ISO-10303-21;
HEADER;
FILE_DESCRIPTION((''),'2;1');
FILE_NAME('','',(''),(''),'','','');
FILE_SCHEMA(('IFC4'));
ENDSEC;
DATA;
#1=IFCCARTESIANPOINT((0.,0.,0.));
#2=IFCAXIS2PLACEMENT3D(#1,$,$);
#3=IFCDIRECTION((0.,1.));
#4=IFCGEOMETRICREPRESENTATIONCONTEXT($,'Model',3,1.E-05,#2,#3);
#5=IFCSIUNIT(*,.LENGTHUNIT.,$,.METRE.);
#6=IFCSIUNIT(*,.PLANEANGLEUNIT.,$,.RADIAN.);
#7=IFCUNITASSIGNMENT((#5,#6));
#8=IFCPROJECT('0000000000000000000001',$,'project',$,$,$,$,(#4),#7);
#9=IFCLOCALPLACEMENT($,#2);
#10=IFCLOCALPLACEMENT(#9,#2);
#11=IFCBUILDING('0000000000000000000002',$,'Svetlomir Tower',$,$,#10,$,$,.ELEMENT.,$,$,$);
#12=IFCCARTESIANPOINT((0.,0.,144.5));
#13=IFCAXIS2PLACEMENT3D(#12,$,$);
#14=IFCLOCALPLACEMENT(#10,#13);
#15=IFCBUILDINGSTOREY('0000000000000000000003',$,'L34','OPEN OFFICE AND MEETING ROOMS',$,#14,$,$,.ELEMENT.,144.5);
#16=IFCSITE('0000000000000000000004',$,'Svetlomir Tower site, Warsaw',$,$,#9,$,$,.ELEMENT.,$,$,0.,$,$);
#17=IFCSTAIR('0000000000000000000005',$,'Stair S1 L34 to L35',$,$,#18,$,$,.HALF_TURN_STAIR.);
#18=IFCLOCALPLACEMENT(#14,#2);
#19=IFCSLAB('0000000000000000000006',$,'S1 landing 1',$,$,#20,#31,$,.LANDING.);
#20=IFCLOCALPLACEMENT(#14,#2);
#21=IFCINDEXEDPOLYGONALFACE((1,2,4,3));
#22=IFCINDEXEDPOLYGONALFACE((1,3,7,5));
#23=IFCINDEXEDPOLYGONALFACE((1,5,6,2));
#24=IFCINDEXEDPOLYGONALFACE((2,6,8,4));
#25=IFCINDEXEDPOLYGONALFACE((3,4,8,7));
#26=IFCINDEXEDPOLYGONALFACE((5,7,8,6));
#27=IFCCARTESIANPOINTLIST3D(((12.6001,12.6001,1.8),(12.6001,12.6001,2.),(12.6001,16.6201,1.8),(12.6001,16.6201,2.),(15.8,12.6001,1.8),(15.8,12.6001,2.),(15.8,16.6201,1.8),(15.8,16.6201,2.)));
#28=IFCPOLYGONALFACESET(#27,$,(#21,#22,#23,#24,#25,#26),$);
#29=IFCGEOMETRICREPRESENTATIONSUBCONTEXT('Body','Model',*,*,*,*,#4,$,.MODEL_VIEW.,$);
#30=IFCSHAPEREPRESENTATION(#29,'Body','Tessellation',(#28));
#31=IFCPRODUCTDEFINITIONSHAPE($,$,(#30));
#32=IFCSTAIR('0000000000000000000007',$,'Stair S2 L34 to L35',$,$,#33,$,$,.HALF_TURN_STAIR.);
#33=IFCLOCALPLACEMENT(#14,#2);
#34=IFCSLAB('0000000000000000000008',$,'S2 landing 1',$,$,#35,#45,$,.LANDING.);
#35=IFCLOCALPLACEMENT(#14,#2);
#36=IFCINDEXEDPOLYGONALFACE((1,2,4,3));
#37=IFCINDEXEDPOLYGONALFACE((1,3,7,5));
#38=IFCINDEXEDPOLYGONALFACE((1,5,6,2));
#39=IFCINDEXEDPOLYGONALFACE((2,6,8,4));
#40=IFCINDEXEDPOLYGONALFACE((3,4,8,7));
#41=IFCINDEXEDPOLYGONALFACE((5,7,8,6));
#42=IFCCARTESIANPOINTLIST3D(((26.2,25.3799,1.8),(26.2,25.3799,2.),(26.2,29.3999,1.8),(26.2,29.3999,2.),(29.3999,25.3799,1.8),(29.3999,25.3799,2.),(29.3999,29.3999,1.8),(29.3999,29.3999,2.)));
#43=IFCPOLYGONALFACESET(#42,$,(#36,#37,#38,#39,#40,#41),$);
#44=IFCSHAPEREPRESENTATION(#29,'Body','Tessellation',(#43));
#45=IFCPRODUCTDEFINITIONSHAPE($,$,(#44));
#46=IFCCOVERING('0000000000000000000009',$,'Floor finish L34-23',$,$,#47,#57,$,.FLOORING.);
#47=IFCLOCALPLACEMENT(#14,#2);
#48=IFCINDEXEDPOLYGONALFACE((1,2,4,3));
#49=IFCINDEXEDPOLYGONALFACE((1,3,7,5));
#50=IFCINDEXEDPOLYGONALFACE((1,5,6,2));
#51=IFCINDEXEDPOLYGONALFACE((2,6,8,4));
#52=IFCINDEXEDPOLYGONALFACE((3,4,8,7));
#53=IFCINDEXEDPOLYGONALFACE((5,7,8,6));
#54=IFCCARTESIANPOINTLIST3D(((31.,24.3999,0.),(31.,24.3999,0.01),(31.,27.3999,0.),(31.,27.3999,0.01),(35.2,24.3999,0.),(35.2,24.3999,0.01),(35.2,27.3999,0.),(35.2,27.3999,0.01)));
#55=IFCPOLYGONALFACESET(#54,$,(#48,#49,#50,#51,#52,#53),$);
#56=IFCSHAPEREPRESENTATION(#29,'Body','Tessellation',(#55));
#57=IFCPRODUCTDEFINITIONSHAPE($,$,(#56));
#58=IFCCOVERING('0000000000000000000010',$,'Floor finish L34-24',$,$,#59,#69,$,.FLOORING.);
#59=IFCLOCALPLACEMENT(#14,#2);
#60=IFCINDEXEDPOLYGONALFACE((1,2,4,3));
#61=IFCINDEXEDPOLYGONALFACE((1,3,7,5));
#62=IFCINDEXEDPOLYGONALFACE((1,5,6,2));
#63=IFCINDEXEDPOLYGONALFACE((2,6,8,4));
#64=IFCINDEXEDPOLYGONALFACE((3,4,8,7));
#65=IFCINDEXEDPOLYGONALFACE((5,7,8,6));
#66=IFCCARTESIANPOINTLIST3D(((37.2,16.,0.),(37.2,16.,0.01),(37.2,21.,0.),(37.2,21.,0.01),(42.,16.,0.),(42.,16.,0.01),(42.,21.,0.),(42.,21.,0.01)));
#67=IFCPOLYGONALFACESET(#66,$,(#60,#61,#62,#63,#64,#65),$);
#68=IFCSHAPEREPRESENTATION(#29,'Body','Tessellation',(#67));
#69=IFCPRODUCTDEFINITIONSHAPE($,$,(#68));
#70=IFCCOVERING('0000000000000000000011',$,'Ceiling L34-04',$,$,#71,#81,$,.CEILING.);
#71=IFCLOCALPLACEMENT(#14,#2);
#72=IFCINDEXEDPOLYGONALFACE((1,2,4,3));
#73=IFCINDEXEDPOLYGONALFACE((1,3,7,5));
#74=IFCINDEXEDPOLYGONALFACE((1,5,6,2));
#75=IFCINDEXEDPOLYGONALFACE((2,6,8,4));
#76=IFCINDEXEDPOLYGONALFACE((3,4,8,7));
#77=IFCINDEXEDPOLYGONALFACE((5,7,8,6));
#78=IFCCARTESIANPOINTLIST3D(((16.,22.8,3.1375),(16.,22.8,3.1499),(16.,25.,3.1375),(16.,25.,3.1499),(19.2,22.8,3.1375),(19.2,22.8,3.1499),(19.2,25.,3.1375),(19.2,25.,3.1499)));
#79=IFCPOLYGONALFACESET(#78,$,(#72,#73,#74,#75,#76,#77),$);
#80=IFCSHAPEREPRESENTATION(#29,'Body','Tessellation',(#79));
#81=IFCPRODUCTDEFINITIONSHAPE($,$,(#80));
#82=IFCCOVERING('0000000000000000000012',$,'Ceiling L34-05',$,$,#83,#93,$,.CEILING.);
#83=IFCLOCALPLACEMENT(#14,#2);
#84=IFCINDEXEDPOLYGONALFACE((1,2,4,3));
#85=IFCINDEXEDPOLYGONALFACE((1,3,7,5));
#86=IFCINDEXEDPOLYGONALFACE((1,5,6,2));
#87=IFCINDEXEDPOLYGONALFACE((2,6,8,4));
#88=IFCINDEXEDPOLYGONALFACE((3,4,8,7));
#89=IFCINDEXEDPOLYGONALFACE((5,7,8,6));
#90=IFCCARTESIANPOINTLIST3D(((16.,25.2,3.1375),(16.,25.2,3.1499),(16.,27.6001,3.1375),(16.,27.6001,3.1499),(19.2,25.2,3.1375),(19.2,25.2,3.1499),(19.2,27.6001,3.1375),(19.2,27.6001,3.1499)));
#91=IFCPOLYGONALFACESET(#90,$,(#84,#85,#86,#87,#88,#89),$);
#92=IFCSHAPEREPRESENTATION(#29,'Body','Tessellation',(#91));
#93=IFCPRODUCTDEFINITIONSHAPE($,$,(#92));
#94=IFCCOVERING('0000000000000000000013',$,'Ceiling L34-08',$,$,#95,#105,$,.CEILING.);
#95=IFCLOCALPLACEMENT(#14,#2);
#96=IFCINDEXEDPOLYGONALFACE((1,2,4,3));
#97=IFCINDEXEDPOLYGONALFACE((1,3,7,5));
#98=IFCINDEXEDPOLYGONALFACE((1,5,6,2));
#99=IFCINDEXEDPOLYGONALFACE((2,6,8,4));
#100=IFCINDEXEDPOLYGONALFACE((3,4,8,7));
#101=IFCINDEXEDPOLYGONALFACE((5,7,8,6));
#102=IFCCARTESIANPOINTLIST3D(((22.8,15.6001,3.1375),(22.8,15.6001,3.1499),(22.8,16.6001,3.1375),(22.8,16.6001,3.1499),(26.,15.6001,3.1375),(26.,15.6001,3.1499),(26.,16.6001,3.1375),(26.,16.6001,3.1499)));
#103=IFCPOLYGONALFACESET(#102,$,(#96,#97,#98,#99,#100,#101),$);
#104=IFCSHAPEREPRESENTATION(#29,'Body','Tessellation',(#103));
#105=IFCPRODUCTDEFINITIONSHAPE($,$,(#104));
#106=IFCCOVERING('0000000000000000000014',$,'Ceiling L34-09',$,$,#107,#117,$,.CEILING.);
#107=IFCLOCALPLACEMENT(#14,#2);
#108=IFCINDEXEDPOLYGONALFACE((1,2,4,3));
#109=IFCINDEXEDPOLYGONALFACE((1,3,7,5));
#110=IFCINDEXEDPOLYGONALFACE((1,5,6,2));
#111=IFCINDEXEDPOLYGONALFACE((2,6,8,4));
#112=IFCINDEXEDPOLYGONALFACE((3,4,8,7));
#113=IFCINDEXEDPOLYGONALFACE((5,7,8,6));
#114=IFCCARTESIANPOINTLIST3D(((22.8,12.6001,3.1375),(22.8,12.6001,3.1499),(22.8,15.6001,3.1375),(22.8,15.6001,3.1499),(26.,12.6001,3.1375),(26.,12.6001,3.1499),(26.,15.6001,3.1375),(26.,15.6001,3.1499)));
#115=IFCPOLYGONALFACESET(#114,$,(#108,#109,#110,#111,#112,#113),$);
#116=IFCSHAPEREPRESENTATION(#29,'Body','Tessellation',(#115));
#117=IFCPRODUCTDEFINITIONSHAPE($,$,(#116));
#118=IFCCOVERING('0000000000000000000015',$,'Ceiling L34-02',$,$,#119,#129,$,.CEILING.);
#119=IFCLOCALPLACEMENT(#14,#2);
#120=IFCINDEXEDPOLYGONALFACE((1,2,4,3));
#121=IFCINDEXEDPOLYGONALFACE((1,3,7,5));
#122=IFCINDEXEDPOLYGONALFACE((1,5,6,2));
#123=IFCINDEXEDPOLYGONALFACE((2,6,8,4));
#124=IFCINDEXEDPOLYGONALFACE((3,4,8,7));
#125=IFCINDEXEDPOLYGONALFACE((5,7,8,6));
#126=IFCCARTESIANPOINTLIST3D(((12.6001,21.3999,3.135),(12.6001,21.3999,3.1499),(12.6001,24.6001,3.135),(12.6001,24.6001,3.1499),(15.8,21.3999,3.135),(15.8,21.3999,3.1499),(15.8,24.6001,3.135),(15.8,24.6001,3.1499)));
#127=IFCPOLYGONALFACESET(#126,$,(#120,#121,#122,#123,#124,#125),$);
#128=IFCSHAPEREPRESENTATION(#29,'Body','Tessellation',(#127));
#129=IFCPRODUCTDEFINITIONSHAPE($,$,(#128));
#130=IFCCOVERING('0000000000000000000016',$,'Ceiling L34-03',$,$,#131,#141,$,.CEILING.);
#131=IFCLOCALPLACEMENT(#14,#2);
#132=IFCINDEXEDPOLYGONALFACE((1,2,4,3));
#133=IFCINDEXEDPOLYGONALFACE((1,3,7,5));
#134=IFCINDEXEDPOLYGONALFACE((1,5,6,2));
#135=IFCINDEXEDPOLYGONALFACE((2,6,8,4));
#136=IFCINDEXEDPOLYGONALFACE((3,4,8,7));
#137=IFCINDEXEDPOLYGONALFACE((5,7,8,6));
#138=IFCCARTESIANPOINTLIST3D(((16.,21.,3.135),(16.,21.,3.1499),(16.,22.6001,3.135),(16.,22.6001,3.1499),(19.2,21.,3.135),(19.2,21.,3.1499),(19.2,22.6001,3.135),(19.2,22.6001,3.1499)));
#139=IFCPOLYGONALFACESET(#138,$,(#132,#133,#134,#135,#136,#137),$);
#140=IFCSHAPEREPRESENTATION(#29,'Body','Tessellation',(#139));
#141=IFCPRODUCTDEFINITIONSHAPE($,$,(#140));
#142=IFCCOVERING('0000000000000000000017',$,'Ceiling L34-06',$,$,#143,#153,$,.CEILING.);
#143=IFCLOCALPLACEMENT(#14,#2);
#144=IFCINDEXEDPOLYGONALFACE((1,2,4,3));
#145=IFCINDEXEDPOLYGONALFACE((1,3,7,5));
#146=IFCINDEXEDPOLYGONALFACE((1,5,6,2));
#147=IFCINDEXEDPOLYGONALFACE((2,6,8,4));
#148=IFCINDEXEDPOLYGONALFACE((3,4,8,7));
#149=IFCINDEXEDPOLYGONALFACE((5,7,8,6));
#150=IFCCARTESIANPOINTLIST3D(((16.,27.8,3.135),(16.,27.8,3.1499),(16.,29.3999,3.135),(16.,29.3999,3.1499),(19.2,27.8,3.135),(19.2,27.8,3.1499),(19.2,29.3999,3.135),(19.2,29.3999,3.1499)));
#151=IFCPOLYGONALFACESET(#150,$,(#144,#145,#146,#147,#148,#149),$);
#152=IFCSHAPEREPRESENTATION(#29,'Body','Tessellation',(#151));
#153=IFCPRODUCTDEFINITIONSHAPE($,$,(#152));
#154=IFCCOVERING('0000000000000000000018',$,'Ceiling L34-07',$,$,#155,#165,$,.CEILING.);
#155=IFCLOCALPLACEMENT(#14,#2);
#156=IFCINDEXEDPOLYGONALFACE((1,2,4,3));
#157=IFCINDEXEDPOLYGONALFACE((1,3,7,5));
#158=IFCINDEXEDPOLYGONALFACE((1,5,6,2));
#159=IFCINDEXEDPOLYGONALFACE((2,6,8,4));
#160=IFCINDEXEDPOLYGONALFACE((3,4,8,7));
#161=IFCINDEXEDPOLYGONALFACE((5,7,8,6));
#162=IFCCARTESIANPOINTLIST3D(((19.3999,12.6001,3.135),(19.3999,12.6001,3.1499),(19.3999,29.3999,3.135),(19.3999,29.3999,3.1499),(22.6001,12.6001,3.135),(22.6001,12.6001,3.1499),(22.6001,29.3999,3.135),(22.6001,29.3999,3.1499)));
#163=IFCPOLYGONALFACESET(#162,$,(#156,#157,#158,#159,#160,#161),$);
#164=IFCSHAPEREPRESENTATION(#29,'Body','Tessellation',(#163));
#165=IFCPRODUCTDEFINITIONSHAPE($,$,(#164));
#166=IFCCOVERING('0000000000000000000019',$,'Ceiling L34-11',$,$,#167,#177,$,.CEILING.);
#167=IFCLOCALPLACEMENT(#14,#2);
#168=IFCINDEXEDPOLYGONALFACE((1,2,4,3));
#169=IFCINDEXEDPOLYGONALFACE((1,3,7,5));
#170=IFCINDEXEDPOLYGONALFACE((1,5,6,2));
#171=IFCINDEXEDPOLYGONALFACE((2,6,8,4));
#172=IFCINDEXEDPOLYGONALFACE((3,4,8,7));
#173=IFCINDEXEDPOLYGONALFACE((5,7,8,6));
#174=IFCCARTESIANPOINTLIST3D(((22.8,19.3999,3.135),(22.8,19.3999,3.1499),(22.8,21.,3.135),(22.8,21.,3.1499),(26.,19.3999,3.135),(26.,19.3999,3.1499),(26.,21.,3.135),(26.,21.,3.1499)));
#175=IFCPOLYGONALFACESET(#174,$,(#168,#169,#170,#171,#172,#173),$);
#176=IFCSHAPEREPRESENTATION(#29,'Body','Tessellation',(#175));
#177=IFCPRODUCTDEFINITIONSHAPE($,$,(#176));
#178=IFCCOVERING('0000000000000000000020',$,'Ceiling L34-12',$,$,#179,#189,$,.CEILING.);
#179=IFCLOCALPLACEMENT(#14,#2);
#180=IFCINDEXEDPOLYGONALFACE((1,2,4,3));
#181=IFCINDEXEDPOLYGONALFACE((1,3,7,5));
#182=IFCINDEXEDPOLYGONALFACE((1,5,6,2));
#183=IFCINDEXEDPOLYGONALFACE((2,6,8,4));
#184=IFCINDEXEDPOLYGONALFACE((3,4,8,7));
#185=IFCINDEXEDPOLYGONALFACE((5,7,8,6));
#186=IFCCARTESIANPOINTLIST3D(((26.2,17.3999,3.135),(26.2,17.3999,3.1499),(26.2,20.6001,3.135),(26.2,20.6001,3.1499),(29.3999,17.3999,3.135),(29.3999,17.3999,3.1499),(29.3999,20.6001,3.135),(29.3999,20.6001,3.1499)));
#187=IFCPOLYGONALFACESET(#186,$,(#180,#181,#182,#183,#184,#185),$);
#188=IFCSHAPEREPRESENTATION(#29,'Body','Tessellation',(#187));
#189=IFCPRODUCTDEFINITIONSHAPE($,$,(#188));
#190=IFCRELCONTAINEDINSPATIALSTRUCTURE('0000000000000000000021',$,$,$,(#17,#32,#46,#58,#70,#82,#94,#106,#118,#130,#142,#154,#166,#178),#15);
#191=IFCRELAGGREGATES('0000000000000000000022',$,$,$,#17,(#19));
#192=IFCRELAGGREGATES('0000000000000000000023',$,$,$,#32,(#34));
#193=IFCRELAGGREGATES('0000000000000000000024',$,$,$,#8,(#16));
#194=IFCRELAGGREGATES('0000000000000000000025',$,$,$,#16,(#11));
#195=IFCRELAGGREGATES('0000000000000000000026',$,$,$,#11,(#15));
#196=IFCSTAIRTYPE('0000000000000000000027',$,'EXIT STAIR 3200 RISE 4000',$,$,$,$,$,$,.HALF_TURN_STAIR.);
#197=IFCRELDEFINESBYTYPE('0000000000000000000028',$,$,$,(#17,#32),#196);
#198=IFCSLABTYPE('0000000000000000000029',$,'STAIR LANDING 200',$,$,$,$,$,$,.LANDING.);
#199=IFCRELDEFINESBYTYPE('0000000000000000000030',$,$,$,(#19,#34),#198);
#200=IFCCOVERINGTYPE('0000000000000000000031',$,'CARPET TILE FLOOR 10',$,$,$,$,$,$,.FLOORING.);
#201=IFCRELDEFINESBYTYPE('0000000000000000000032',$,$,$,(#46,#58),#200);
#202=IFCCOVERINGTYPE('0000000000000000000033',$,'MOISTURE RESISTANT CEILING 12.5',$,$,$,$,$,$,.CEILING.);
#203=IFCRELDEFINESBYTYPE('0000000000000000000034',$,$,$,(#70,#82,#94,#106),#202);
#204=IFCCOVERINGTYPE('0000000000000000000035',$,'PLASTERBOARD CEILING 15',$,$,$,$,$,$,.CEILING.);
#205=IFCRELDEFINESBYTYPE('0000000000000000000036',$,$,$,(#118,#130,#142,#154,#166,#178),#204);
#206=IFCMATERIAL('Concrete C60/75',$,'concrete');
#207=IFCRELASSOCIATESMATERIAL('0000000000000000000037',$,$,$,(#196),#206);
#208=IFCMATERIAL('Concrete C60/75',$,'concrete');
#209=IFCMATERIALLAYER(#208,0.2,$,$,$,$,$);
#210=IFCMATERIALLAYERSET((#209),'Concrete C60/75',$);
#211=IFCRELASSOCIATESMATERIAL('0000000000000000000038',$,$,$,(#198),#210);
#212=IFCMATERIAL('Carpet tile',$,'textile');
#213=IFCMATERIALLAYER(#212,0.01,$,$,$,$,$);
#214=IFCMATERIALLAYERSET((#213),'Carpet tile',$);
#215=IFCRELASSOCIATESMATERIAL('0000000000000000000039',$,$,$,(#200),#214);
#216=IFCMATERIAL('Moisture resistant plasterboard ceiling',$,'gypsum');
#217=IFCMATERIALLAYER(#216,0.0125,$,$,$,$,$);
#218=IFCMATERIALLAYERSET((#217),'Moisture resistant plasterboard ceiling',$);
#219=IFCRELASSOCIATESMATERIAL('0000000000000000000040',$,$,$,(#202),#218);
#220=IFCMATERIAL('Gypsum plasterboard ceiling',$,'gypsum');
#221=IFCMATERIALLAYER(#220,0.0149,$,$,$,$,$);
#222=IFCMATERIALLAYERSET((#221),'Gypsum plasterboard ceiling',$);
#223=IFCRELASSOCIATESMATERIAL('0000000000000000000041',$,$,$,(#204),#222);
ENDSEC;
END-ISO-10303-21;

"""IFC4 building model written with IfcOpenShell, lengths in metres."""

from ifc_helpers import new_model, si_unit, direction, frame, origin, place, context, subcontext, project, spatial, polyline, outline, extrude, material, layer, layer_set, type_object, element, aggregate, save


model = new_model("IFC4")

# Units and contexts
model_context = context("Model", 3, precision=1e-05, world=origin(), true_north=direction((0.0, 1.0)))
body_context = subcontext(model_context, "Body", "Model", "MODEL_VIEW")
ifc_project = project(units=[si_unit("LENGTHUNIT", "METRE"), si_unit("PLANEANGLEUNIT", "RADIAN")], contexts=[model_context])

# Site, building, storey
site_placement = place(None, origin())
site = spatial("IfcSite", under=ifc_project, at=site_placement, Name="Svetlomir Tower site, Warsaw", CompositionType="ELEMENT", RefElevation=0.0)
building_placement = place(site_placement, origin())
building = spatial("IfcBuilding", under=site, at=building_placement, Name="Svetlomir Tower", CompositionType="ELEMENT")
storey_placement = place(building_placement, frame((0.0, 0.0, 144.5)))
storey = spatial("IfcBuildingStorey", under=building, at=storey_placement, Name="L34", Description="OPEN OFFICE AND MEETING ROOMS", CompositionType="ELEMENT", Elevation=144.5)

# Stairs, slabs
ifc_material_1 = material(Name="Concrete C60/75", Category="concrete")
stair_type = type_object("IfcStairType", Name="EXIT STAIR 3200 RISE 4000", PredefinedType="HALF_TURN_STAIR", material=ifc_material_1)
stair_1_placement = place(storey_placement, origin())
stair_1 = element("IfcStair", 1, at=stair_1_placement, inside=storey, type_object=stair_type, Name="Stair S1 L34 to L35", PredefinedType="HALF_TURN_STAIR")
ifc_material_2 = material(Name="Concrete C60/75", Category="concrete")
ifc_layer_1 = layer(ifc_material_2, 0.2)
ifc_layer_set_1 = layer_set([ifc_layer_1], Name="Concrete C60/75")
slab_type = type_object("IfcSlabType", Name="STAIR LANDING 200", PredefinedType="LANDING", material=ifc_layer_set_1)
slab_1_placement = place(storey_placement, frame((0.0, 0.0, 1.8)))
slab_1 = element("IfcSlab", 2, at=slab_1_placement, type_object=slab_type, Name="S1 landing 1", PredefinedType="LANDING", context=body_context, shape_type="SweptSolid", body=[
    extrude(outline(polyline([(12.6001, 12.6001), (15.8, 12.6001), (15.8, 16.6201), (12.6001, 16.6201), (12.6001, 12.6001)])), origin(), (0.0, 0.0, 1.0), 0.2),
])
aggregate(stair_1, [slab_1])
stair_2_placement = place(storey_placement, origin())
stair_2 = element("IfcStair", 3, at=stair_2_placement, inside=storey, type_object=stair_type, Name="Stair S2 L34 to L35", PredefinedType="HALF_TURN_STAIR")
slab_2_placement = place(storey_placement, frame((0.0, 0.0, 1.8)))
slab_2 = element("IfcSlab", 4, at=slab_2_placement, type_object=slab_type, Name="S2 landing 1", PredefinedType="LANDING", context=body_context, shape_type="SweptSolid", body=[
    extrude(outline(polyline([(26.2, 25.3799), (29.3999, 25.3799), (29.3999, 29.3999), (26.2, 29.3999), (26.2, 25.3799)])), origin(), (0.0, 0.0, 1.0), 0.2),
])
aggregate(stair_2, [slab_2])

# Coverings
ifc_material_3 = material(Name="Carpet tile", Category="textile")
ifc_layer_2 = layer(ifc_material_3, 0.01)
ifc_layer_set_2 = layer_set([ifc_layer_2], Name="Carpet tile")
covering_type_1 = type_object("IfcCoveringType", Name="CARPET TILE FLOOR 10", PredefinedType="FLOORING", material=ifc_layer_set_2)
covering_1_placement = place(storey_placement, origin())
element("IfcCovering", 5, at=covering_1_placement, inside=storey, type_object=covering_type_1, Name="Floor finish L34-23", PredefinedType="FLOORING", context=body_context, shape_type="SweptSolid", body=[
    extrude(outline(polyline([(31.0, 24.3999), (35.2, 24.3999), (35.2, 27.3999), (31.0, 27.3999), (31.0, 24.3999)])), origin(), (0.0, 0.0, 1.0), 0.01),
])
covering_2_placement = place(storey_placement, origin())
element("IfcCovering", 6, at=covering_2_placement, inside=storey, type_object=covering_type_1, Name="Floor finish L34-24", PredefinedType="FLOORING", context=body_context, shape_type="SweptSolid", body=[
    extrude(outline(polyline([(37.2, 16.0), (42.0, 16.0), (42.0, 21.0), (37.2, 21.0), (37.2, 16.0)])), origin(), (0.0, 0.0, 1.0), 0.01),
])
ifc_material_4 = material(Name="Moisture resistant plasterboard ceiling", Category="gypsum")
ifc_layer_3 = layer(ifc_material_4, 0.0125)
ifc_layer_set_3 = layer_set([ifc_layer_3], Name="Moisture resistant plasterboard ceiling")
covering_type_2 = type_object("IfcCoveringType", Name="MOISTURE RESISTANT CEILING 12.5", PredefinedType="CEILING", material=ifc_layer_set_3)
covering_3_placement = place(storey_placement, frame((0.0, 0.0, 3.1375)))
element("IfcCovering", 7, at=covering_3_placement, inside=storey, type_object=covering_type_2, Name="Ceiling L34-04", PredefinedType="CEILING", context=body_context, shape_type="SweptSolid", body=[
    extrude(outline(polyline([(16.0, 22.8), (19.2, 22.8), (19.2, 25.0), (16.0, 25.0), (16.0, 22.8)])), origin(), (0.0, 0.0, 1.0), 0.0125),
])
covering_4_placement = place(storey_placement, frame((0.0, 0.0, 3.1375)))
element("IfcCovering", 8, at=covering_4_placement, inside=storey, type_object=covering_type_2, Name="Ceiling L34-05", PredefinedType="CEILING", context=body_context, shape_type="SweptSolid", body=[
    extrude(outline(polyline([(16.0, 25.2), (19.2, 25.2), (19.2, 27.6001), (16.0, 27.6001), (16.0, 25.2)])), origin(), (0.0, 0.0, 1.0), 0.0125),
])
covering_5_placement = place(storey_placement, frame((0.0, 0.0, 3.1375)))
element("IfcCovering", 9, at=covering_5_placement, inside=storey, type_object=covering_type_2, Name="Ceiling L34-08", PredefinedType="CEILING", context=body_context, shape_type="SweptSolid", body=[
    extrude(outline(polyline([(22.8, 15.6001), (26.0, 15.6001), (26.0, 16.6001), (22.8, 16.6001), (22.8, 15.6001)])), origin(), (0.0, 0.0, 1.0), 0.0125),
])
covering_6_placement = place(storey_placement, frame((0.0, 0.0, 3.1375)))
element("IfcCovering", 10, at=covering_6_placement, inside=storey, type_object=covering_type_2, Name="Ceiling L34-09", PredefinedType="CEILING", context=body_context, shape_type="SweptSolid", body=[
    extrude(outline(polyline([(22.8, 12.6001), (26.0, 12.6001), (26.0, 15.6001), (22.8, 15.6001), (22.8, 12.6001)])), origin(), (0.0, 0.0, 1.0), 0.0125),
])
ifc_material_5 = material(Name="Gypsum plasterboard ceiling", Category="gypsum")
ifc_layer_4 = layer(ifc_material_5, 0.0149)
ifc_layer_set_4 = layer_set([ifc_layer_4], Name="Gypsum plasterboard ceiling")
covering_type_3 = type_object("IfcCoveringType", Name="PLASTERBOARD CEILING 15", PredefinedType="CEILING", material=ifc_layer_set_4)
covering_7_placement = place(storey_placement, frame((0.0, 0.0, 3.135)))
element("IfcCovering", 11, at=covering_7_placement, inside=storey, type_object=covering_type_3, Name="Ceiling L34-02", PredefinedType="CEILING", context=body_context, shape_type="SweptSolid", body=[
    extrude(outline(polyline([(12.6001, 21.3999), (15.8, 21.3999), (15.8, 24.6001), (12.6001, 24.6001), (12.6001, 21.3999)])), origin(), (0.0, 0.0, 1.0), 0.0149),
])
covering_8_placement = place(storey_placement, frame((0.0, 0.0, 3.135)))
element("IfcCovering", 12, at=covering_8_placement, inside=storey, type_object=covering_type_3, Name="Ceiling L34-03", PredefinedType="CEILING", context=body_context, shape_type="SweptSolid", body=[
    extrude(outline(polyline([(16.0, 21.0), (19.2, 21.0), (19.2, 22.6001), (16.0, 22.6001), (16.0, 21.0)])), origin(), (0.0, 0.0, 1.0), 0.0149),
])
covering_9_placement = place(storey_placement, frame((0.0, 0.0, 3.135)))
element("IfcCovering", 13, at=covering_9_placement, inside=storey, type_object=covering_type_3, Name="Ceiling L34-06", PredefinedType="CEILING", context=body_context, shape_type="SweptSolid", body=[
    extrude(outline(polyline([(16.0, 27.8), (19.2, 27.8), (19.2, 29.3999), (16.0, 29.3999), (16.0, 27.8)])), origin(), (0.0, 0.0, 1.0), 0.0149),
])
covering_10_placement = place(storey_placement, frame((0.0, 0.0, 3.135)))
element("IfcCovering", 14, at=covering_10_placement, inside=storey, type_object=covering_type_3, Name="Ceiling L34-07", PredefinedType="CEILING", context=body_context, shape_type="SweptSolid", body=[
    extrude(outline(polyline([(19.3999, 12.6001), (22.6001, 12.6001), (22.6001, 29.3999), (19.3999, 29.3999), (19.3999, 12.6001)])), origin(), (0.0, 0.0, 1.0), 0.0149),
])
covering_11_placement = place(storey_placement, frame((0.0, 0.0, 3.135)))
element("IfcCovering", 15, at=covering_11_placement, inside=storey, type_object=covering_type_3, Name="Ceiling L34-11", PredefinedType="CEILING", context=body_context, shape_type="SweptSolid", body=[
    extrude(outline(polyline([(22.8, 19.3999), (26.0, 19.3999), (26.0, 21.0), (22.8, 21.0), (22.8, 19.3999)])), origin(), (0.0, 0.0, 1.0), 0.0149),
])
covering_12_placement = place(storey_placement, frame((0.0, 0.0, 3.135)))
element("IfcCovering", 16, at=covering_12_placement, inside=storey, type_object=covering_type_3, Name="Ceiling L34-12", PredefinedType="CEILING", context=body_context, shape_type="SweptSolid", body=[
    extrude(outline(polyline([(26.2, 17.3999), (29.3999, 17.3999), (29.3999, 20.6001), (26.2, 20.6001), (26.2, 17.3999)])), origin(), (0.0, 0.0, 1.0), 0.0149),
])

save(model, "model.ifc")
